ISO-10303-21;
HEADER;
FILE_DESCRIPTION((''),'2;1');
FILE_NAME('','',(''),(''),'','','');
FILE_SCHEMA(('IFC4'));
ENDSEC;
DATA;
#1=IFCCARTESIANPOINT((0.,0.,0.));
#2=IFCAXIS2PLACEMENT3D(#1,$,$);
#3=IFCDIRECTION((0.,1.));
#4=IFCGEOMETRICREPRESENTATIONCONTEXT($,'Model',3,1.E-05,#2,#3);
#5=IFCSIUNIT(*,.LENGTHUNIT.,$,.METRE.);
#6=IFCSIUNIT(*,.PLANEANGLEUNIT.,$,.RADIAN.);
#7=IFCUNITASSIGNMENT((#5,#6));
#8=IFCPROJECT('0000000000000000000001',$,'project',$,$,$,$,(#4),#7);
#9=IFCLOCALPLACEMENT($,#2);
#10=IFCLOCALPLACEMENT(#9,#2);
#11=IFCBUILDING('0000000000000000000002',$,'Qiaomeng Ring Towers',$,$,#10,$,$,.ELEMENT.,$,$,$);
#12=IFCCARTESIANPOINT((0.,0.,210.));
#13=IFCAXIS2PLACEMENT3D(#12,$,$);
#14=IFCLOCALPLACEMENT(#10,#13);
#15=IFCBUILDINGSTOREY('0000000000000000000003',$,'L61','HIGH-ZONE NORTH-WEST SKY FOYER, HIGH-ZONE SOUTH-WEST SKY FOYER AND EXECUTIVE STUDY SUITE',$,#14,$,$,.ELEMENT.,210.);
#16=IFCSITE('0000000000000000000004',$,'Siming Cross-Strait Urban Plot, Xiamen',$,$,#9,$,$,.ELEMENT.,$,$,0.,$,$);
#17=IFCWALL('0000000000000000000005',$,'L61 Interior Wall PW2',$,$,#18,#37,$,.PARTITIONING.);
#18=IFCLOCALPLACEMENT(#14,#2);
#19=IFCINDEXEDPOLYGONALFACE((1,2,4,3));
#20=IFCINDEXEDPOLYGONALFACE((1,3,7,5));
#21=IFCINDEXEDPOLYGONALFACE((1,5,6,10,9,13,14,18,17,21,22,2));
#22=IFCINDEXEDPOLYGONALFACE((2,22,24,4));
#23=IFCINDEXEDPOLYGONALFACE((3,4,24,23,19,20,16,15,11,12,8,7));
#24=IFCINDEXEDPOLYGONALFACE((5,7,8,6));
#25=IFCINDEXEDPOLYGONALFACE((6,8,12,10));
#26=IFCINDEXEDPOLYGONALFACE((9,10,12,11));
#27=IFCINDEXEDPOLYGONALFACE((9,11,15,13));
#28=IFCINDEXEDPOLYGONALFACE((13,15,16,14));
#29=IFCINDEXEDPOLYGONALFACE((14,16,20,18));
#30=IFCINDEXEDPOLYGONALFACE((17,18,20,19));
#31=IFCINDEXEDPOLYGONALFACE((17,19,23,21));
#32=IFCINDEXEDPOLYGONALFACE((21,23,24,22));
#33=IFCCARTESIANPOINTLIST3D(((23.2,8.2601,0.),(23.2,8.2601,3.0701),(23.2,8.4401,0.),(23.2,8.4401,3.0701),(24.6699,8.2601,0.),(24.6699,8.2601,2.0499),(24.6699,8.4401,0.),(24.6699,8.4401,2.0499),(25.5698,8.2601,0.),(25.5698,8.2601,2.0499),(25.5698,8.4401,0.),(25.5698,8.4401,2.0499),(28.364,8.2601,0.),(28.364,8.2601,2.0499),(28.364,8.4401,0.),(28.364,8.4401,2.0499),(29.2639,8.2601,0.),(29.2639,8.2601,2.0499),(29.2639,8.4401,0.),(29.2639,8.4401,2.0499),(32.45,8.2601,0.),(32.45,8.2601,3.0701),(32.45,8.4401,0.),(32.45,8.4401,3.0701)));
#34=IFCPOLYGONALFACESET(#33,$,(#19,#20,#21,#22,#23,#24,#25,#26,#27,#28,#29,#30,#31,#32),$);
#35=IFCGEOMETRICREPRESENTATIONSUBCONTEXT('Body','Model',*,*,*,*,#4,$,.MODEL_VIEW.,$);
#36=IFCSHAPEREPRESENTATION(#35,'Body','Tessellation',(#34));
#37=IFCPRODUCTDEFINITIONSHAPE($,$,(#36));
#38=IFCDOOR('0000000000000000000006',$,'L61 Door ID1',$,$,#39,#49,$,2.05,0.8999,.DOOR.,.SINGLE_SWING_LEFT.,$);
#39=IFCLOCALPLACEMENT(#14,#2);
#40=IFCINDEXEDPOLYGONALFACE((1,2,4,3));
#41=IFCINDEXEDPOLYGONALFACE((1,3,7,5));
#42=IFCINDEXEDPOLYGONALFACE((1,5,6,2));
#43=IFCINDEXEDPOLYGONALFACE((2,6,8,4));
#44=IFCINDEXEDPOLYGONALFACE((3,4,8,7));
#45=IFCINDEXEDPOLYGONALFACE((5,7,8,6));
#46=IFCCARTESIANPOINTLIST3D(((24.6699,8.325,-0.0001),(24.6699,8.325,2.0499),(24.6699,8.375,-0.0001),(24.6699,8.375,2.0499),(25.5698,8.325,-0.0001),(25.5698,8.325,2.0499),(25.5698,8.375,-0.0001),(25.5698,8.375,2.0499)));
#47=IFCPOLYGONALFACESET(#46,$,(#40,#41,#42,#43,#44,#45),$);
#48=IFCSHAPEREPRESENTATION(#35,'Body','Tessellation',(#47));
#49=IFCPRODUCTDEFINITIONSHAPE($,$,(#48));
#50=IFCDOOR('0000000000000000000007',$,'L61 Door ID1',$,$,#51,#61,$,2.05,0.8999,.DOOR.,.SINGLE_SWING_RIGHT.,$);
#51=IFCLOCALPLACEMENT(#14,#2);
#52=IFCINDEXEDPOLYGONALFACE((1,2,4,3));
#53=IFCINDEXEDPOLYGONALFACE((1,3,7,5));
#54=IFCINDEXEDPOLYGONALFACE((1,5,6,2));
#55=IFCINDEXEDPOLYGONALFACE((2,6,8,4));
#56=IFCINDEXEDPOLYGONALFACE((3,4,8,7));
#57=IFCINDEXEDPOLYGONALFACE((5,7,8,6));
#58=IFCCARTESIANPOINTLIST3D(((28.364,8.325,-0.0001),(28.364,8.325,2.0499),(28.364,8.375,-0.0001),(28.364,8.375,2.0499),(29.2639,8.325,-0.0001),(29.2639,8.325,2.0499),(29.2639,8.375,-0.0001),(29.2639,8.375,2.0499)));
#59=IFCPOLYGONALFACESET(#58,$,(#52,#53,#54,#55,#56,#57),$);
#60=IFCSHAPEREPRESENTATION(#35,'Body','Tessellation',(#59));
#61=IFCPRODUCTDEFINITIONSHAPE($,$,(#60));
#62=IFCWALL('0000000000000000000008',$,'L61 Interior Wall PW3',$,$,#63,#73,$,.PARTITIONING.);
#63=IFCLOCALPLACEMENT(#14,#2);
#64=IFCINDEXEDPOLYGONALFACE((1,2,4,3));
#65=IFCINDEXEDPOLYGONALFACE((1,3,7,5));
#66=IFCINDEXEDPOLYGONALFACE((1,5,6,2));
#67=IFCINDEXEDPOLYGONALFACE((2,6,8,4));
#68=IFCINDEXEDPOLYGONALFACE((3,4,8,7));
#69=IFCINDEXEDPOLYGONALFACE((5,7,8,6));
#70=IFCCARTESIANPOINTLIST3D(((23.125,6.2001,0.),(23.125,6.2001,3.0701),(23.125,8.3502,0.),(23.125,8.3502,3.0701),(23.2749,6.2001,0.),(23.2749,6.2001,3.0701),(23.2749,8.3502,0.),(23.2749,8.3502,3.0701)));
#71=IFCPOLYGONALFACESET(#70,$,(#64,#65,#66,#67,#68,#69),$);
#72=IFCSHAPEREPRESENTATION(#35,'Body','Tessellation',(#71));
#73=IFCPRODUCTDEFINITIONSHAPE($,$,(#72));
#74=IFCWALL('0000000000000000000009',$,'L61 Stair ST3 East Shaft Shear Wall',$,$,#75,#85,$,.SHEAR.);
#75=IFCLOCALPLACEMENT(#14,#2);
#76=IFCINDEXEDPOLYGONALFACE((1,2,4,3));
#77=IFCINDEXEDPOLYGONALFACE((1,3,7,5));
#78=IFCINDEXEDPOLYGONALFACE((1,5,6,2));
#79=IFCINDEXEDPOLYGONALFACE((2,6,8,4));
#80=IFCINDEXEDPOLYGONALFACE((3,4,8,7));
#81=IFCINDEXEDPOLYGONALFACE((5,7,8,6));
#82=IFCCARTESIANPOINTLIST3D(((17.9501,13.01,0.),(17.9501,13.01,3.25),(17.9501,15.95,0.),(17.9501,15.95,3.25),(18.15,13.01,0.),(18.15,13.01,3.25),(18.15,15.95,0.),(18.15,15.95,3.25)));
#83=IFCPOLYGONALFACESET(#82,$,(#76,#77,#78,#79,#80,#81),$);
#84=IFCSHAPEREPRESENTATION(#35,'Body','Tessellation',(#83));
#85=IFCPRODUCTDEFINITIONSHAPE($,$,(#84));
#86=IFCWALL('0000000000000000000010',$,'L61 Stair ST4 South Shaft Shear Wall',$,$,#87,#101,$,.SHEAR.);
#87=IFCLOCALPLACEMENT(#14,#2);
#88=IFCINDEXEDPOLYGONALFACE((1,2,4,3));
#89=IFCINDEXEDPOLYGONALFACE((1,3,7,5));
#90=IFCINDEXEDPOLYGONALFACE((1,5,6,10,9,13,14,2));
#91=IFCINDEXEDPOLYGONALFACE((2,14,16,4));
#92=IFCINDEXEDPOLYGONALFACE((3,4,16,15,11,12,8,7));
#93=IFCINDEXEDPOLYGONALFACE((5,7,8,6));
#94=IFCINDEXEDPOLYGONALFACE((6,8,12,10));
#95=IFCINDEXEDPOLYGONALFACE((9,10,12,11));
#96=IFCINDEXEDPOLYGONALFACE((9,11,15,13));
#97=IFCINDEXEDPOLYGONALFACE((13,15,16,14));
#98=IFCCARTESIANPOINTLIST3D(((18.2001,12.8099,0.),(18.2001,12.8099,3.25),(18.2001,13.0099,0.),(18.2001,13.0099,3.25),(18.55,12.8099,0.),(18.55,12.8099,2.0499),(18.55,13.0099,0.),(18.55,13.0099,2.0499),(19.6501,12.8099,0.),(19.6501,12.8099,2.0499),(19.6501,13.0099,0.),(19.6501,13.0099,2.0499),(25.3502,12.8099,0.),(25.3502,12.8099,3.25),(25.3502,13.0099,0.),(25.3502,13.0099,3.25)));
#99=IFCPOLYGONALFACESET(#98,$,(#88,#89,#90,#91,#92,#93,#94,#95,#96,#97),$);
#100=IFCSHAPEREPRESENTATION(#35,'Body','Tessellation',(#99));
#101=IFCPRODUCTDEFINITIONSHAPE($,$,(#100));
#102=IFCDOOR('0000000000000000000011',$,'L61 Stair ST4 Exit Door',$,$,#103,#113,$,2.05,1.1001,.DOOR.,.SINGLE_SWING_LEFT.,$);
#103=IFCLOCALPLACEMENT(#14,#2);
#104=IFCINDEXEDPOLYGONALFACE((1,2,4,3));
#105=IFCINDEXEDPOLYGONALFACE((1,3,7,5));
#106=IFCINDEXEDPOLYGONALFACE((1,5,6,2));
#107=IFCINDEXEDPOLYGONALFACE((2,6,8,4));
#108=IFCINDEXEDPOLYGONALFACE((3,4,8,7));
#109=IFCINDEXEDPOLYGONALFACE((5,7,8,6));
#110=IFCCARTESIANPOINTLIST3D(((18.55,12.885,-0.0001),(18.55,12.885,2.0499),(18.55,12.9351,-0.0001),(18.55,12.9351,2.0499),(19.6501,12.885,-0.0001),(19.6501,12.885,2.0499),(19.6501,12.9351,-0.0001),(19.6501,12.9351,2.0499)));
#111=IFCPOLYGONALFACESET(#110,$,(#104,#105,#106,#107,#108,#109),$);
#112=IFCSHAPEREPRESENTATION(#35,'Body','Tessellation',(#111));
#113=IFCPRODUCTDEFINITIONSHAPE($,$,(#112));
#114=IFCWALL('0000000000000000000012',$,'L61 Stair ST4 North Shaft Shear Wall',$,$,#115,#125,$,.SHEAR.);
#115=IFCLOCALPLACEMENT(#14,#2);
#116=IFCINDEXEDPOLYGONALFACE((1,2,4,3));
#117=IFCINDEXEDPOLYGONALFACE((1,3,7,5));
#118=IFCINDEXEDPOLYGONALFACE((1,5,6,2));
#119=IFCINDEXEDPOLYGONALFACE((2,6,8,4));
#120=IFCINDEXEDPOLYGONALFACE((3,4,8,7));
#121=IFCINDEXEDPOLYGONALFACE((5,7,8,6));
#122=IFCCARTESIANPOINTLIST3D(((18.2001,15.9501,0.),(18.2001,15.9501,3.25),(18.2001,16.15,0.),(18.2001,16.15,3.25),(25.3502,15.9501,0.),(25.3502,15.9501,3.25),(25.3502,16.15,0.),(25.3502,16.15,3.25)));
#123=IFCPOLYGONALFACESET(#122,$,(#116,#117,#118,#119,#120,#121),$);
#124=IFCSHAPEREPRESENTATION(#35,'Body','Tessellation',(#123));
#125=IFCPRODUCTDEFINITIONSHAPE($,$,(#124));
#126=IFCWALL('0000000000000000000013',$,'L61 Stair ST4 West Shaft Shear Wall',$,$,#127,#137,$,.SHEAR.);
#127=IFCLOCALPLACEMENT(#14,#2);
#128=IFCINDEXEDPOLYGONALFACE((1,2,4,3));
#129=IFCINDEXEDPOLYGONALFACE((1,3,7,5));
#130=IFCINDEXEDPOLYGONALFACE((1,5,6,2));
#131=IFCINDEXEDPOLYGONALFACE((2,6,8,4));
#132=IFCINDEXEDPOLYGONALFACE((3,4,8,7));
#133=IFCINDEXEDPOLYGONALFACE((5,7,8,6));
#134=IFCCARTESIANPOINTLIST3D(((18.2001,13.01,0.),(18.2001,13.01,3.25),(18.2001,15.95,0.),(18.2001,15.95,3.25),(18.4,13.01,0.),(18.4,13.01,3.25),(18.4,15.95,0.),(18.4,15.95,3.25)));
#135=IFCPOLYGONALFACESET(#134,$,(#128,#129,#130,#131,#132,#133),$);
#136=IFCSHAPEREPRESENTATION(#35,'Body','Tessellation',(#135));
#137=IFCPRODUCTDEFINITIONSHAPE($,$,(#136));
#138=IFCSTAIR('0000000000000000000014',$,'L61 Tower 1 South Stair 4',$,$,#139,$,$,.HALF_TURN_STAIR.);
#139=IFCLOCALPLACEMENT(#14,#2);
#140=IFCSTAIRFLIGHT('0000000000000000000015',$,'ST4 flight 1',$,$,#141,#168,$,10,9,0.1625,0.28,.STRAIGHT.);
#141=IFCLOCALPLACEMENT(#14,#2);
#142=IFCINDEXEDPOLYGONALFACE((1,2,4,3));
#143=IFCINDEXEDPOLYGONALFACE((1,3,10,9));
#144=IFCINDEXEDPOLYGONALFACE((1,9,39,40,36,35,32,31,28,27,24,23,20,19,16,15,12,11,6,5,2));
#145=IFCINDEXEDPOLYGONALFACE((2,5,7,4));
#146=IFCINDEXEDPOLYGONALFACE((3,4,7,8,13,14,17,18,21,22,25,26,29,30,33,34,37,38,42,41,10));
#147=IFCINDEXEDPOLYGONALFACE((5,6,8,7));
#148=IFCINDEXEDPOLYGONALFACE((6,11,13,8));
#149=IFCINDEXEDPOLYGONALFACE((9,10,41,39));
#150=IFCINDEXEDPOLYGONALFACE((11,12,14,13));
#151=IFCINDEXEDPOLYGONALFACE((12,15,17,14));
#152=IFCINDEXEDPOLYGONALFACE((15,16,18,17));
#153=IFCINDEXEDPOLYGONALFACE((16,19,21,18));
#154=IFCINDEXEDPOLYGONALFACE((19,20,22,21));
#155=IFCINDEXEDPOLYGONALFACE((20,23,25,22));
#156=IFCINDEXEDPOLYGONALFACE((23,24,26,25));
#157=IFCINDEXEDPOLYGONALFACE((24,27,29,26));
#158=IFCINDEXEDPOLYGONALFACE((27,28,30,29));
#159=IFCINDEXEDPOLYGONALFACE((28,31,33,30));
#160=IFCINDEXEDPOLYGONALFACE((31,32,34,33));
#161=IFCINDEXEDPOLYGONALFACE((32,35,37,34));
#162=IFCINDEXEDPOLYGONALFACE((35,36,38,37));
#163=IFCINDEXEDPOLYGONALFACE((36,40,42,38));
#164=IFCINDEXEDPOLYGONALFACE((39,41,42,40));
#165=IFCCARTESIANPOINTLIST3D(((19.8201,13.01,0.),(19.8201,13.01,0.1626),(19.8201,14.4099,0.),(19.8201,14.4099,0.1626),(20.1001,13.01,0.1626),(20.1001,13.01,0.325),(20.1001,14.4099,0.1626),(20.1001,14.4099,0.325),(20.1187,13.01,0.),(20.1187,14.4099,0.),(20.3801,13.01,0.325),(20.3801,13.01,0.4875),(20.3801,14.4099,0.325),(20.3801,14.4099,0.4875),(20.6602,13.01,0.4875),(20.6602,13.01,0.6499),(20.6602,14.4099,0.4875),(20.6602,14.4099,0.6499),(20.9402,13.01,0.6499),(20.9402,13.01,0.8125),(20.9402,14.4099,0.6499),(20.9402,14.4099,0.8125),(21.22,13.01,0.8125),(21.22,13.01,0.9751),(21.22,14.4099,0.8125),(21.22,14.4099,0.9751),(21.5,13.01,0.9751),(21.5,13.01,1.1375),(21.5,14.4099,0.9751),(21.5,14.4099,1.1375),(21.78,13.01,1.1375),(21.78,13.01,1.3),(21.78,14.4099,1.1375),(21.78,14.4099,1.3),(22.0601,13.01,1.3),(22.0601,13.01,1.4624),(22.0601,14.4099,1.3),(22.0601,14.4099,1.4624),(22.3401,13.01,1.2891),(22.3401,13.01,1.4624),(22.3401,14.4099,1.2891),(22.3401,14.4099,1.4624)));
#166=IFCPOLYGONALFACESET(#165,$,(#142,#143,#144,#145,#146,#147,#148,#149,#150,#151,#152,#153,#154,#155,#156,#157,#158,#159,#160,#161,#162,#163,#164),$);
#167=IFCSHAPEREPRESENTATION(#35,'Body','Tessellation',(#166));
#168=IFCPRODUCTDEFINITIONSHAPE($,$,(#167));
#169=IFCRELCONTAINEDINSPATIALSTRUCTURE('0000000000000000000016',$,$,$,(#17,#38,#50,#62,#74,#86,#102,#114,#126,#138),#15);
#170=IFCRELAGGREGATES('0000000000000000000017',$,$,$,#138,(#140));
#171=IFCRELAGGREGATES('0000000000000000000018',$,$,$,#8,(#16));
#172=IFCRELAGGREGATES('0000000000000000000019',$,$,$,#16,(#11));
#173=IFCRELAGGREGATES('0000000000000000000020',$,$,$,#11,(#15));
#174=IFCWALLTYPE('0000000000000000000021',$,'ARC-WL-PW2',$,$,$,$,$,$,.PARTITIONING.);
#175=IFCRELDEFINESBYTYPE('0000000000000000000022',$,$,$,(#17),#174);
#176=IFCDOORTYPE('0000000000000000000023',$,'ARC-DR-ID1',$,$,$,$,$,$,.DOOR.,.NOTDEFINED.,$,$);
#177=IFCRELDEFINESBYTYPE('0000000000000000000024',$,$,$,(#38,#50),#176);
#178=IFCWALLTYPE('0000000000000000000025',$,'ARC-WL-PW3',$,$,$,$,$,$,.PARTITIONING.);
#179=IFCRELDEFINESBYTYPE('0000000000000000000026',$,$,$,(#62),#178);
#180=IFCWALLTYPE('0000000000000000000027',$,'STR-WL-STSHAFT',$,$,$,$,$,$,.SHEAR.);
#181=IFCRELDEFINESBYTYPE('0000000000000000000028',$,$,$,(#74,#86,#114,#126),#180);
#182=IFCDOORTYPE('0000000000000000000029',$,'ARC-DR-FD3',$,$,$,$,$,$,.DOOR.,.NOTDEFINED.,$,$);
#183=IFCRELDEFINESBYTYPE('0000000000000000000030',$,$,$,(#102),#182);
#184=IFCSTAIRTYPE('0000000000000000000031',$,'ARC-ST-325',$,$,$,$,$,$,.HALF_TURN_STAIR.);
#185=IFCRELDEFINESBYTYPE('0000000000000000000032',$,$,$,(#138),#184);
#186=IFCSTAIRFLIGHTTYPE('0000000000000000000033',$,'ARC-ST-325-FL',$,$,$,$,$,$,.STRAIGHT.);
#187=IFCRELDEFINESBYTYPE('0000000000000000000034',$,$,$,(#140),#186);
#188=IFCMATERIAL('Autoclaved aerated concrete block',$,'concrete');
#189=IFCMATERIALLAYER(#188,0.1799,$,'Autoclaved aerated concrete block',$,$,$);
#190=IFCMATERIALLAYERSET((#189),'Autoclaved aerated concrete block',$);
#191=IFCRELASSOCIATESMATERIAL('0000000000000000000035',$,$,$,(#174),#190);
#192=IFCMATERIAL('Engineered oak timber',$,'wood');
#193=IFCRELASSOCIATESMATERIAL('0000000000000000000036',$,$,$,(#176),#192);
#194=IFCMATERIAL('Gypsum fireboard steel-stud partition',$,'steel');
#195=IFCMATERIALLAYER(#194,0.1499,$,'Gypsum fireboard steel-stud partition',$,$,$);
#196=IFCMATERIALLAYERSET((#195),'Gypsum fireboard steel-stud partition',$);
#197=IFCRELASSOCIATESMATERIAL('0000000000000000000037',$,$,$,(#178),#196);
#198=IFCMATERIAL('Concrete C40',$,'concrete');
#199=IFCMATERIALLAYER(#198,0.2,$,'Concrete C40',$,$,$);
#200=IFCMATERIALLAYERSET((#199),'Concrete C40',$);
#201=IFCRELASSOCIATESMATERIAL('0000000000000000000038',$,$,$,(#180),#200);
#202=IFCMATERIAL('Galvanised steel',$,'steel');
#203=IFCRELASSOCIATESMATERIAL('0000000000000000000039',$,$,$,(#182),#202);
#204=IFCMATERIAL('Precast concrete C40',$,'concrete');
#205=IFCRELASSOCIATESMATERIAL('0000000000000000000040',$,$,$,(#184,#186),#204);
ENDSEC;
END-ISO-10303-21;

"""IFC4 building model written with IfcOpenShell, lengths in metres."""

from ifc_helpers import new_model, si_unit, direction, frame, frame_2d, origin, place, context, subcontext, project, spatial, polyline, rectangle, outline, extrude, source, transform, mapped, material, layer, layer_set, type_object, element, fill, aggregate, save


model = new_model("IFC4")

# Units and contexts
model_context = context("Model", 3, precision=1e-05, world=origin(), true_north=direction((0.0, 1.0)))
body_context = subcontext(model_context, "Body", "Model", "MODEL_VIEW")
ifc_project = project(units=[si_unit("LENGTHUNIT", "METRE"), si_unit("PLANEANGLEUNIT", "RADIAN")], contexts=[model_context])

# Site, building, storey
site_placement = place(None, origin())
site = spatial("IfcSite", under=ifc_project, at=site_placement, Name="Siming Cross-Strait Urban Plot, Xiamen", CompositionType="ELEMENT", RefElevation=0.0)
building_placement = place(site_placement, origin())
building = spatial("IfcBuilding", under=site, at=building_placement, Name="Qiaomeng Ring Towers", CompositionType="ELEMENT")
storey_placement = place(building_placement, frame((0.0, 0.0, 210.0)))
storey = spatial("IfcBuildingStorey", under=building, at=storey_placement, Name="L61", Description="HIGH-ZONE NORTH-WEST SKY FOYER, HIGH-ZONE SOUTH-WEST SKY FOYER AND EXECUTIVE STUDY SUITE", CompositionType="ELEMENT", Elevation=210.0)

# Shared definitions
ifc_material_1 = material(Name="Autoclaved aerated concrete block", Category="concrete")

# Wall, openings, doors
ifc_layer_1 = layer(ifc_material_1, 0.1799, Name="Autoclaved aerated concrete block")
ifc_layer_set_1 = layer_set([ifc_layer_1], Name="Autoclaved aerated concrete block")
wall_type_1 = type_object("IfcWallType", Name="ARC-WL-PW2", PredefinedType="PARTITIONING", material=ifc_layer_set_1)
wall_1_placement = place(storey_placement, frame((23.2, 8.3501, 0.0), z_axis=(0.0, 0.0, 1.0), x_axis=(1.0, 0.0, 0.0)))
wall_1 = element("IfcWall", 1, at=wall_1_placement, inside=storey, type_object=wall_type_1, Name="L61 Interior Wall PW2", PredefinedType="PARTITIONING", context=body_context, shape_type="SweptSolid", body=[
    extrude(rectangle(XDim=9.25, YDim=0.1799, at=frame_2d((4.625, 0.0))), origin(), (0.0, 0.0, 1.0), 3.0701),
])
opening_1_placement = place(wall_1_placement, frame((1.47, 0.0, 0.0)))
opening_1 = element("IfcOpeningElement", 2, at=opening_1_placement, cuts=wall_1, PredefinedType="OPENING", context=body_context, shape_type="SweptSolid", body=[
    extrude(rectangle(XDim=0.8999, YDim=2.05, at=frame_2d((0.45, 1.0249))), frame((0.0, 0.0999, 0.0), z_axis=(0.0, -1.0, 0.0), x_axis=(1.0, 0.0, 0.0)), (0.0, 0.0, 1.0), 0.2),
])
opening_2_placement = place(wall_1_placement, frame((5.1641, 0.0, 0.0)))
opening_2 = element("IfcOpeningElement", 3, at=opening_2_placement, cuts=wall_1, PredefinedType="OPENING", context=body_context, shape_type="SweptSolid", body=[
    extrude(rectangle(XDim=0.8999, YDim=2.05, at=frame_2d((0.45, 1.0249))), frame((0.0, 0.0999, 0.0), z_axis=(0.0, -1.0, 0.0), x_axis=(1.0, 0.0, 0.0)), (0.0, 0.0, 1.0), 0.2),
])
ifc_material_2 = material(Name="Engineered oak timber", Category="wood")
door_type_1 = type_object("IfcDoorType", Name="ARC-DR-ID1", OperationType="NOTDEFINED", PredefinedType="DOOR", material=ifc_material_2)
shared_shape_1 = source(origin(), body_context, "Body", "SweptSolid", [
    extrude(rectangle(XDim=0.8999, YDim=2.05, at=frame_2d((0.45, 1.0249))), frame((0.0, 0.0249, 0.0), z_axis=(0.0, -1.0, 0.0), x_axis=(1.0, 0.0, 0.0)), (0.0, 0.0, 1.0), 0.05),
])
door_1_placement = place(opening_1_placement, origin())
door_1 = element("IfcDoor", 4, at=door_1_placement, inside=storey, type_object=door_type_1, Name="L61 Door ID1", OperationType="SINGLE_SWING_LEFT", OverallHeight=2.05, OverallWidth=0.8999, PredefinedType="DOOR", context=body_context, shape_type="MappedRepresentation", body=[
    mapped(shared_shape_1, transform((0.0, 0.0, 0.0), x_axis=(1.0, 0.0, 0.0), y_axis=(0.0, 1.0, 0.0), z_axis=(0.0, 0.0, 1.0), scale=1.0)),
])
fill(opening_1, door_1)
door_2_placement = place(opening_2_placement, origin())
door_2 = element("IfcDoor", 5, at=door_2_placement, inside=storey, type_object=door_type_1, Name="L61 Door ID1", OperationType="SINGLE_SWING_RIGHT", OverallHeight=2.05, OverallWidth=0.8999, PredefinedType="DOOR", context=body_context, shape_type="MappedRepresentation", body=[
    mapped(shared_shape_1, transform((0.0, 0.0, 0.0), x_axis=(1.0, 0.0, 0.0), y_axis=(0.0, 1.0, 0.0), z_axis=(0.0, 0.0, 1.0), scale=1.0)),
])
fill(opening_2, door_2)

# Walls
ifc_material_3 = material(Name="Gypsum fireboard steel-stud partition", Category="steel")
ifc_layer_2 = layer(ifc_material_3, 0.1499, Name="Gypsum fireboard steel-stud partition")
ifc_layer_set_2 = layer_set([ifc_layer_2], Name="Gypsum fireboard steel-stud partition")
wall_type_2 = type_object("IfcWallType", Name="ARC-WL-PW3", PredefinedType="PARTITIONING", material=ifc_layer_set_2)
wall_2_placement = place(storey_placement, frame((23.2, 6.2, 0.0), z_axis=(0.0, 0.0, 1.0), x_axis=(0.0, 1.0, 0.0)))
element("IfcWall", 6, at=wall_2_placement, inside=storey, type_object=wall_type_2, Name="L61 Interior Wall PW3", PredefinedType="PARTITIONING", context=body_context, shape_type="SweptSolid", body=[
    extrude(rectangle(XDim=2.1501, YDim=0.1499, at=frame_2d((1.0752, 0.0))), origin(), (0.0, 0.0, 1.0), 3.0701),
])
ifc_material_4 = material(Name="Concrete C40", Category="concrete")
ifc_layer_3 = layer(ifc_material_4, 0.2, Name="Concrete C40")
ifc_layer_set_3 = layer_set([ifc_layer_3], Name="Concrete C40")
wall_type_3 = type_object("IfcWallType", Name="STR-WL-STSHAFT", PredefinedType="SHEAR", material=ifc_layer_set_3)
wall_3_placement = place(storey_placement, frame((18.05, 13.01, 0.0), z_axis=(0.0, 0.0, 1.0), x_axis=(0.0, 1.0, 0.0)))
element("IfcWall", 7, at=wall_3_placement, inside=storey, type_object=wall_type_3, Name="L61 Stair ST3 East Shaft Shear Wall", PredefinedType="SHEAR", context=body_context, shape_type="SweptSolid", body=[
    extrude(rectangle(XDim=2.9399, YDim=0.2, at=frame_2d((1.47, 0.0))), origin(), (0.0, 0.0, 1.0), 3.25),
])

# Wall, opening, door
wall_4_placement = place(storey_placement, frame((18.2, 12.9099, 0.0), z_axis=(0.0, 0.0, 1.0), x_axis=(1.0, 0.0, 0.0)))
wall_4 = element("IfcWall", 8, at=wall_4_placement, inside=storey, type_object=wall_type_3, Name="L61 Stair ST4 South Shaft Shear Wall", PredefinedType="SHEAR", context=body_context, shape_type="SweptSolid", body=[
    extrude(rectangle(XDim=7.1501, YDim=0.2, at=frame_2d((3.5752, 0.0))), origin(), (0.0, 0.0, 1.0), 3.25),
])
opening_3_placement = place(wall_4_placement, frame((0.3501, 0.0, 0.0)))
opening_3 = element("IfcOpeningElement", 9, at=opening_3_placement, cuts=wall_4, PredefinedType="OPENING", context=body_context, shape_type="SweptSolid", body=[
    extrude(rectangle(XDim=1.1001, YDim=2.05, at=frame_2d((0.55, 1.0249))), frame((0.0, 0.1099, 0.0), z_axis=(0.0, -1.0, 0.0), x_axis=(1.0, 0.0, 0.0)), (0.0, 0.0, 1.0), 0.22),
])
ifc_material_5 = material(Name="Galvanised steel", Category="steel")
door_type_2 = type_object("IfcDoorType", Name="ARC-DR-FD3", OperationType="NOTDEFINED", PredefinedType="DOOR", material=ifc_material_5)
shared_shape_2 = source(origin(), body_context, "Body", "SweptSolid", [
    extrude(rectangle(XDim=1.1001, YDim=2.05, at=frame_2d((0.55, 1.0249))), frame((0.0, 0.0249, 0.0), z_axis=(0.0, -1.0, 0.0), x_axis=(1.0, 0.0, 0.0)), (0.0, 0.0, 1.0), 0.05),
])
door_3_placement = place(opening_3_placement, frame((1.1001, 0.0, 0.0), z_axis=(0.0, 0.0, 1.0), x_axis=(-1.0, 0.0, 0.0)))
door_3 = element("IfcDoor", 10, at=door_3_placement, inside=storey, type_object=door_type_2, Name="L61 Stair ST4 Exit Door", OperationType="SINGLE_SWING_LEFT", OverallHeight=2.05, OverallWidth=1.1001, PredefinedType="DOOR", context=body_context, shape_type="MappedRepresentation", body=[
    mapped(shared_shape_2, transform((0.0, 0.0, 0.0), x_axis=(1.0, 0.0, 0.0), y_axis=(0.0, 1.0, 0.0), z_axis=(0.0, 0.0, 1.0), scale=1.0)),
])
fill(opening_3, door_3)

# Walls
wall_5_placement = place(storey_placement, frame((18.2, 16.05, 0.0), z_axis=(0.0, 0.0, 1.0), x_axis=(1.0, 0.0, 0.0)))
element("IfcWall", 11, at=wall_5_placement, inside=storey, type_object=wall_type_3, Name="L61 Stair ST4 North Shaft Shear Wall", PredefinedType="SHEAR", context=body_context, shape_type="SweptSolid", body=[
    extrude(rectangle(XDim=7.1501, YDim=0.2, at=frame_2d((3.5752, 0.0))), origin(), (0.0, 0.0, 1.0), 3.25),
])
wall_6_placement = place(storey_placement, frame((18.3, 13.01, 0.0), z_axis=(0.0, 0.0, 1.0), x_axis=(0.0, 1.0, 0.0)))
element("IfcWall", 12, at=wall_6_placement, inside=storey, type_object=wall_type_3, Name="L61 Stair ST4 West Shaft Shear Wall", PredefinedType="SHEAR", context=body_context, shape_type="SweptSolid", body=[
    extrude(rectangle(XDim=2.9399, YDim=0.2, at=frame_2d((1.47, 0.0))), origin(), (0.0, 0.0, 1.0), 3.25),
])

# Stair, stair flight
ifc_material_6 = material(Name="Precast concrete C40", Category="concrete")
stair_type = type_object("IfcStairType", Name="ARC-ST-325", PredefinedType="HALF_TURN_STAIR", material=ifc_material_6)
stair_placement = place(storey_placement, origin())
stair = element("IfcStair", 13, at=stair_placement, inside=storey, type_object=stair_type, Name="L61 Tower 1 South Stair 4", PredefinedType="HALF_TURN_STAIR")
stair_flight_type = type_object("IfcStairFlightType", Name="ARC-ST-325-FL", PredefinedType="STRAIGHT", material=ifc_material_6)
shared_shape_3 = source(origin(), body_context, "Body", "SweptSolid", [
    extrude(outline(polyline([(0.0, 0.0), (0.0, 0.1626), (0.28, 0.1626), (0.28, 0.325), (0.5601, 0.325), (0.5601, 0.4875), (0.8401, 0.4875), (0.8401, 0.6499), (1.1201, 0.6499), (1.1201, 0.8125), (1.3999, 0.8125), (1.3999, 0.9751), (1.6799, 0.9751), (1.6799, 1.1375), (1.96, 1.1375), (1.96, 1.3), (2.24, 1.3), (2.24, 1.4624), (2.52, 1.4624), (2.52, 1.625), (2.52, 1.2891), (0.2986, 0.0), (0.0, 0.0)])), frame((0.0, 0.7, 0.0), z_axis=(0.0, -1.0, 0.0), x_axis=(1.0, 0.0, 0.0)), (0.0, 0.0, 1.0), 1.3999),
])
stair_flight_1_placement = place(storey_placement, frame((19.8201, 13.71, 0.0), z_axis=(0.0, 0.0, 1.0), x_axis=(1.0, 0.0, 0.0)))
stair_flight_1 = element("IfcStairFlight", 14, at=stair_flight_1_placement, type_object=stair_flight_type, Name="ST4 flight 1", NumberOfRisers=10, NumberOfTreads=9, PredefinedType="STRAIGHT", RiserHeight=0.1625, TreadLength=0.28, context=body_context, shape_type="MappedRepresentation", body=[
    mapped(shared_shape_3, transform((0.0, 0.0, 0.0), x_axis=(1.0, 0.0, 0.0), y_axis=(0.0, 1.0, 0.0), z_axis=(0.0, 0.0, 1.0), scale=1.0)),
])
aggregate(stair, [stair_flight_1])

save(model, "model.ifc")
